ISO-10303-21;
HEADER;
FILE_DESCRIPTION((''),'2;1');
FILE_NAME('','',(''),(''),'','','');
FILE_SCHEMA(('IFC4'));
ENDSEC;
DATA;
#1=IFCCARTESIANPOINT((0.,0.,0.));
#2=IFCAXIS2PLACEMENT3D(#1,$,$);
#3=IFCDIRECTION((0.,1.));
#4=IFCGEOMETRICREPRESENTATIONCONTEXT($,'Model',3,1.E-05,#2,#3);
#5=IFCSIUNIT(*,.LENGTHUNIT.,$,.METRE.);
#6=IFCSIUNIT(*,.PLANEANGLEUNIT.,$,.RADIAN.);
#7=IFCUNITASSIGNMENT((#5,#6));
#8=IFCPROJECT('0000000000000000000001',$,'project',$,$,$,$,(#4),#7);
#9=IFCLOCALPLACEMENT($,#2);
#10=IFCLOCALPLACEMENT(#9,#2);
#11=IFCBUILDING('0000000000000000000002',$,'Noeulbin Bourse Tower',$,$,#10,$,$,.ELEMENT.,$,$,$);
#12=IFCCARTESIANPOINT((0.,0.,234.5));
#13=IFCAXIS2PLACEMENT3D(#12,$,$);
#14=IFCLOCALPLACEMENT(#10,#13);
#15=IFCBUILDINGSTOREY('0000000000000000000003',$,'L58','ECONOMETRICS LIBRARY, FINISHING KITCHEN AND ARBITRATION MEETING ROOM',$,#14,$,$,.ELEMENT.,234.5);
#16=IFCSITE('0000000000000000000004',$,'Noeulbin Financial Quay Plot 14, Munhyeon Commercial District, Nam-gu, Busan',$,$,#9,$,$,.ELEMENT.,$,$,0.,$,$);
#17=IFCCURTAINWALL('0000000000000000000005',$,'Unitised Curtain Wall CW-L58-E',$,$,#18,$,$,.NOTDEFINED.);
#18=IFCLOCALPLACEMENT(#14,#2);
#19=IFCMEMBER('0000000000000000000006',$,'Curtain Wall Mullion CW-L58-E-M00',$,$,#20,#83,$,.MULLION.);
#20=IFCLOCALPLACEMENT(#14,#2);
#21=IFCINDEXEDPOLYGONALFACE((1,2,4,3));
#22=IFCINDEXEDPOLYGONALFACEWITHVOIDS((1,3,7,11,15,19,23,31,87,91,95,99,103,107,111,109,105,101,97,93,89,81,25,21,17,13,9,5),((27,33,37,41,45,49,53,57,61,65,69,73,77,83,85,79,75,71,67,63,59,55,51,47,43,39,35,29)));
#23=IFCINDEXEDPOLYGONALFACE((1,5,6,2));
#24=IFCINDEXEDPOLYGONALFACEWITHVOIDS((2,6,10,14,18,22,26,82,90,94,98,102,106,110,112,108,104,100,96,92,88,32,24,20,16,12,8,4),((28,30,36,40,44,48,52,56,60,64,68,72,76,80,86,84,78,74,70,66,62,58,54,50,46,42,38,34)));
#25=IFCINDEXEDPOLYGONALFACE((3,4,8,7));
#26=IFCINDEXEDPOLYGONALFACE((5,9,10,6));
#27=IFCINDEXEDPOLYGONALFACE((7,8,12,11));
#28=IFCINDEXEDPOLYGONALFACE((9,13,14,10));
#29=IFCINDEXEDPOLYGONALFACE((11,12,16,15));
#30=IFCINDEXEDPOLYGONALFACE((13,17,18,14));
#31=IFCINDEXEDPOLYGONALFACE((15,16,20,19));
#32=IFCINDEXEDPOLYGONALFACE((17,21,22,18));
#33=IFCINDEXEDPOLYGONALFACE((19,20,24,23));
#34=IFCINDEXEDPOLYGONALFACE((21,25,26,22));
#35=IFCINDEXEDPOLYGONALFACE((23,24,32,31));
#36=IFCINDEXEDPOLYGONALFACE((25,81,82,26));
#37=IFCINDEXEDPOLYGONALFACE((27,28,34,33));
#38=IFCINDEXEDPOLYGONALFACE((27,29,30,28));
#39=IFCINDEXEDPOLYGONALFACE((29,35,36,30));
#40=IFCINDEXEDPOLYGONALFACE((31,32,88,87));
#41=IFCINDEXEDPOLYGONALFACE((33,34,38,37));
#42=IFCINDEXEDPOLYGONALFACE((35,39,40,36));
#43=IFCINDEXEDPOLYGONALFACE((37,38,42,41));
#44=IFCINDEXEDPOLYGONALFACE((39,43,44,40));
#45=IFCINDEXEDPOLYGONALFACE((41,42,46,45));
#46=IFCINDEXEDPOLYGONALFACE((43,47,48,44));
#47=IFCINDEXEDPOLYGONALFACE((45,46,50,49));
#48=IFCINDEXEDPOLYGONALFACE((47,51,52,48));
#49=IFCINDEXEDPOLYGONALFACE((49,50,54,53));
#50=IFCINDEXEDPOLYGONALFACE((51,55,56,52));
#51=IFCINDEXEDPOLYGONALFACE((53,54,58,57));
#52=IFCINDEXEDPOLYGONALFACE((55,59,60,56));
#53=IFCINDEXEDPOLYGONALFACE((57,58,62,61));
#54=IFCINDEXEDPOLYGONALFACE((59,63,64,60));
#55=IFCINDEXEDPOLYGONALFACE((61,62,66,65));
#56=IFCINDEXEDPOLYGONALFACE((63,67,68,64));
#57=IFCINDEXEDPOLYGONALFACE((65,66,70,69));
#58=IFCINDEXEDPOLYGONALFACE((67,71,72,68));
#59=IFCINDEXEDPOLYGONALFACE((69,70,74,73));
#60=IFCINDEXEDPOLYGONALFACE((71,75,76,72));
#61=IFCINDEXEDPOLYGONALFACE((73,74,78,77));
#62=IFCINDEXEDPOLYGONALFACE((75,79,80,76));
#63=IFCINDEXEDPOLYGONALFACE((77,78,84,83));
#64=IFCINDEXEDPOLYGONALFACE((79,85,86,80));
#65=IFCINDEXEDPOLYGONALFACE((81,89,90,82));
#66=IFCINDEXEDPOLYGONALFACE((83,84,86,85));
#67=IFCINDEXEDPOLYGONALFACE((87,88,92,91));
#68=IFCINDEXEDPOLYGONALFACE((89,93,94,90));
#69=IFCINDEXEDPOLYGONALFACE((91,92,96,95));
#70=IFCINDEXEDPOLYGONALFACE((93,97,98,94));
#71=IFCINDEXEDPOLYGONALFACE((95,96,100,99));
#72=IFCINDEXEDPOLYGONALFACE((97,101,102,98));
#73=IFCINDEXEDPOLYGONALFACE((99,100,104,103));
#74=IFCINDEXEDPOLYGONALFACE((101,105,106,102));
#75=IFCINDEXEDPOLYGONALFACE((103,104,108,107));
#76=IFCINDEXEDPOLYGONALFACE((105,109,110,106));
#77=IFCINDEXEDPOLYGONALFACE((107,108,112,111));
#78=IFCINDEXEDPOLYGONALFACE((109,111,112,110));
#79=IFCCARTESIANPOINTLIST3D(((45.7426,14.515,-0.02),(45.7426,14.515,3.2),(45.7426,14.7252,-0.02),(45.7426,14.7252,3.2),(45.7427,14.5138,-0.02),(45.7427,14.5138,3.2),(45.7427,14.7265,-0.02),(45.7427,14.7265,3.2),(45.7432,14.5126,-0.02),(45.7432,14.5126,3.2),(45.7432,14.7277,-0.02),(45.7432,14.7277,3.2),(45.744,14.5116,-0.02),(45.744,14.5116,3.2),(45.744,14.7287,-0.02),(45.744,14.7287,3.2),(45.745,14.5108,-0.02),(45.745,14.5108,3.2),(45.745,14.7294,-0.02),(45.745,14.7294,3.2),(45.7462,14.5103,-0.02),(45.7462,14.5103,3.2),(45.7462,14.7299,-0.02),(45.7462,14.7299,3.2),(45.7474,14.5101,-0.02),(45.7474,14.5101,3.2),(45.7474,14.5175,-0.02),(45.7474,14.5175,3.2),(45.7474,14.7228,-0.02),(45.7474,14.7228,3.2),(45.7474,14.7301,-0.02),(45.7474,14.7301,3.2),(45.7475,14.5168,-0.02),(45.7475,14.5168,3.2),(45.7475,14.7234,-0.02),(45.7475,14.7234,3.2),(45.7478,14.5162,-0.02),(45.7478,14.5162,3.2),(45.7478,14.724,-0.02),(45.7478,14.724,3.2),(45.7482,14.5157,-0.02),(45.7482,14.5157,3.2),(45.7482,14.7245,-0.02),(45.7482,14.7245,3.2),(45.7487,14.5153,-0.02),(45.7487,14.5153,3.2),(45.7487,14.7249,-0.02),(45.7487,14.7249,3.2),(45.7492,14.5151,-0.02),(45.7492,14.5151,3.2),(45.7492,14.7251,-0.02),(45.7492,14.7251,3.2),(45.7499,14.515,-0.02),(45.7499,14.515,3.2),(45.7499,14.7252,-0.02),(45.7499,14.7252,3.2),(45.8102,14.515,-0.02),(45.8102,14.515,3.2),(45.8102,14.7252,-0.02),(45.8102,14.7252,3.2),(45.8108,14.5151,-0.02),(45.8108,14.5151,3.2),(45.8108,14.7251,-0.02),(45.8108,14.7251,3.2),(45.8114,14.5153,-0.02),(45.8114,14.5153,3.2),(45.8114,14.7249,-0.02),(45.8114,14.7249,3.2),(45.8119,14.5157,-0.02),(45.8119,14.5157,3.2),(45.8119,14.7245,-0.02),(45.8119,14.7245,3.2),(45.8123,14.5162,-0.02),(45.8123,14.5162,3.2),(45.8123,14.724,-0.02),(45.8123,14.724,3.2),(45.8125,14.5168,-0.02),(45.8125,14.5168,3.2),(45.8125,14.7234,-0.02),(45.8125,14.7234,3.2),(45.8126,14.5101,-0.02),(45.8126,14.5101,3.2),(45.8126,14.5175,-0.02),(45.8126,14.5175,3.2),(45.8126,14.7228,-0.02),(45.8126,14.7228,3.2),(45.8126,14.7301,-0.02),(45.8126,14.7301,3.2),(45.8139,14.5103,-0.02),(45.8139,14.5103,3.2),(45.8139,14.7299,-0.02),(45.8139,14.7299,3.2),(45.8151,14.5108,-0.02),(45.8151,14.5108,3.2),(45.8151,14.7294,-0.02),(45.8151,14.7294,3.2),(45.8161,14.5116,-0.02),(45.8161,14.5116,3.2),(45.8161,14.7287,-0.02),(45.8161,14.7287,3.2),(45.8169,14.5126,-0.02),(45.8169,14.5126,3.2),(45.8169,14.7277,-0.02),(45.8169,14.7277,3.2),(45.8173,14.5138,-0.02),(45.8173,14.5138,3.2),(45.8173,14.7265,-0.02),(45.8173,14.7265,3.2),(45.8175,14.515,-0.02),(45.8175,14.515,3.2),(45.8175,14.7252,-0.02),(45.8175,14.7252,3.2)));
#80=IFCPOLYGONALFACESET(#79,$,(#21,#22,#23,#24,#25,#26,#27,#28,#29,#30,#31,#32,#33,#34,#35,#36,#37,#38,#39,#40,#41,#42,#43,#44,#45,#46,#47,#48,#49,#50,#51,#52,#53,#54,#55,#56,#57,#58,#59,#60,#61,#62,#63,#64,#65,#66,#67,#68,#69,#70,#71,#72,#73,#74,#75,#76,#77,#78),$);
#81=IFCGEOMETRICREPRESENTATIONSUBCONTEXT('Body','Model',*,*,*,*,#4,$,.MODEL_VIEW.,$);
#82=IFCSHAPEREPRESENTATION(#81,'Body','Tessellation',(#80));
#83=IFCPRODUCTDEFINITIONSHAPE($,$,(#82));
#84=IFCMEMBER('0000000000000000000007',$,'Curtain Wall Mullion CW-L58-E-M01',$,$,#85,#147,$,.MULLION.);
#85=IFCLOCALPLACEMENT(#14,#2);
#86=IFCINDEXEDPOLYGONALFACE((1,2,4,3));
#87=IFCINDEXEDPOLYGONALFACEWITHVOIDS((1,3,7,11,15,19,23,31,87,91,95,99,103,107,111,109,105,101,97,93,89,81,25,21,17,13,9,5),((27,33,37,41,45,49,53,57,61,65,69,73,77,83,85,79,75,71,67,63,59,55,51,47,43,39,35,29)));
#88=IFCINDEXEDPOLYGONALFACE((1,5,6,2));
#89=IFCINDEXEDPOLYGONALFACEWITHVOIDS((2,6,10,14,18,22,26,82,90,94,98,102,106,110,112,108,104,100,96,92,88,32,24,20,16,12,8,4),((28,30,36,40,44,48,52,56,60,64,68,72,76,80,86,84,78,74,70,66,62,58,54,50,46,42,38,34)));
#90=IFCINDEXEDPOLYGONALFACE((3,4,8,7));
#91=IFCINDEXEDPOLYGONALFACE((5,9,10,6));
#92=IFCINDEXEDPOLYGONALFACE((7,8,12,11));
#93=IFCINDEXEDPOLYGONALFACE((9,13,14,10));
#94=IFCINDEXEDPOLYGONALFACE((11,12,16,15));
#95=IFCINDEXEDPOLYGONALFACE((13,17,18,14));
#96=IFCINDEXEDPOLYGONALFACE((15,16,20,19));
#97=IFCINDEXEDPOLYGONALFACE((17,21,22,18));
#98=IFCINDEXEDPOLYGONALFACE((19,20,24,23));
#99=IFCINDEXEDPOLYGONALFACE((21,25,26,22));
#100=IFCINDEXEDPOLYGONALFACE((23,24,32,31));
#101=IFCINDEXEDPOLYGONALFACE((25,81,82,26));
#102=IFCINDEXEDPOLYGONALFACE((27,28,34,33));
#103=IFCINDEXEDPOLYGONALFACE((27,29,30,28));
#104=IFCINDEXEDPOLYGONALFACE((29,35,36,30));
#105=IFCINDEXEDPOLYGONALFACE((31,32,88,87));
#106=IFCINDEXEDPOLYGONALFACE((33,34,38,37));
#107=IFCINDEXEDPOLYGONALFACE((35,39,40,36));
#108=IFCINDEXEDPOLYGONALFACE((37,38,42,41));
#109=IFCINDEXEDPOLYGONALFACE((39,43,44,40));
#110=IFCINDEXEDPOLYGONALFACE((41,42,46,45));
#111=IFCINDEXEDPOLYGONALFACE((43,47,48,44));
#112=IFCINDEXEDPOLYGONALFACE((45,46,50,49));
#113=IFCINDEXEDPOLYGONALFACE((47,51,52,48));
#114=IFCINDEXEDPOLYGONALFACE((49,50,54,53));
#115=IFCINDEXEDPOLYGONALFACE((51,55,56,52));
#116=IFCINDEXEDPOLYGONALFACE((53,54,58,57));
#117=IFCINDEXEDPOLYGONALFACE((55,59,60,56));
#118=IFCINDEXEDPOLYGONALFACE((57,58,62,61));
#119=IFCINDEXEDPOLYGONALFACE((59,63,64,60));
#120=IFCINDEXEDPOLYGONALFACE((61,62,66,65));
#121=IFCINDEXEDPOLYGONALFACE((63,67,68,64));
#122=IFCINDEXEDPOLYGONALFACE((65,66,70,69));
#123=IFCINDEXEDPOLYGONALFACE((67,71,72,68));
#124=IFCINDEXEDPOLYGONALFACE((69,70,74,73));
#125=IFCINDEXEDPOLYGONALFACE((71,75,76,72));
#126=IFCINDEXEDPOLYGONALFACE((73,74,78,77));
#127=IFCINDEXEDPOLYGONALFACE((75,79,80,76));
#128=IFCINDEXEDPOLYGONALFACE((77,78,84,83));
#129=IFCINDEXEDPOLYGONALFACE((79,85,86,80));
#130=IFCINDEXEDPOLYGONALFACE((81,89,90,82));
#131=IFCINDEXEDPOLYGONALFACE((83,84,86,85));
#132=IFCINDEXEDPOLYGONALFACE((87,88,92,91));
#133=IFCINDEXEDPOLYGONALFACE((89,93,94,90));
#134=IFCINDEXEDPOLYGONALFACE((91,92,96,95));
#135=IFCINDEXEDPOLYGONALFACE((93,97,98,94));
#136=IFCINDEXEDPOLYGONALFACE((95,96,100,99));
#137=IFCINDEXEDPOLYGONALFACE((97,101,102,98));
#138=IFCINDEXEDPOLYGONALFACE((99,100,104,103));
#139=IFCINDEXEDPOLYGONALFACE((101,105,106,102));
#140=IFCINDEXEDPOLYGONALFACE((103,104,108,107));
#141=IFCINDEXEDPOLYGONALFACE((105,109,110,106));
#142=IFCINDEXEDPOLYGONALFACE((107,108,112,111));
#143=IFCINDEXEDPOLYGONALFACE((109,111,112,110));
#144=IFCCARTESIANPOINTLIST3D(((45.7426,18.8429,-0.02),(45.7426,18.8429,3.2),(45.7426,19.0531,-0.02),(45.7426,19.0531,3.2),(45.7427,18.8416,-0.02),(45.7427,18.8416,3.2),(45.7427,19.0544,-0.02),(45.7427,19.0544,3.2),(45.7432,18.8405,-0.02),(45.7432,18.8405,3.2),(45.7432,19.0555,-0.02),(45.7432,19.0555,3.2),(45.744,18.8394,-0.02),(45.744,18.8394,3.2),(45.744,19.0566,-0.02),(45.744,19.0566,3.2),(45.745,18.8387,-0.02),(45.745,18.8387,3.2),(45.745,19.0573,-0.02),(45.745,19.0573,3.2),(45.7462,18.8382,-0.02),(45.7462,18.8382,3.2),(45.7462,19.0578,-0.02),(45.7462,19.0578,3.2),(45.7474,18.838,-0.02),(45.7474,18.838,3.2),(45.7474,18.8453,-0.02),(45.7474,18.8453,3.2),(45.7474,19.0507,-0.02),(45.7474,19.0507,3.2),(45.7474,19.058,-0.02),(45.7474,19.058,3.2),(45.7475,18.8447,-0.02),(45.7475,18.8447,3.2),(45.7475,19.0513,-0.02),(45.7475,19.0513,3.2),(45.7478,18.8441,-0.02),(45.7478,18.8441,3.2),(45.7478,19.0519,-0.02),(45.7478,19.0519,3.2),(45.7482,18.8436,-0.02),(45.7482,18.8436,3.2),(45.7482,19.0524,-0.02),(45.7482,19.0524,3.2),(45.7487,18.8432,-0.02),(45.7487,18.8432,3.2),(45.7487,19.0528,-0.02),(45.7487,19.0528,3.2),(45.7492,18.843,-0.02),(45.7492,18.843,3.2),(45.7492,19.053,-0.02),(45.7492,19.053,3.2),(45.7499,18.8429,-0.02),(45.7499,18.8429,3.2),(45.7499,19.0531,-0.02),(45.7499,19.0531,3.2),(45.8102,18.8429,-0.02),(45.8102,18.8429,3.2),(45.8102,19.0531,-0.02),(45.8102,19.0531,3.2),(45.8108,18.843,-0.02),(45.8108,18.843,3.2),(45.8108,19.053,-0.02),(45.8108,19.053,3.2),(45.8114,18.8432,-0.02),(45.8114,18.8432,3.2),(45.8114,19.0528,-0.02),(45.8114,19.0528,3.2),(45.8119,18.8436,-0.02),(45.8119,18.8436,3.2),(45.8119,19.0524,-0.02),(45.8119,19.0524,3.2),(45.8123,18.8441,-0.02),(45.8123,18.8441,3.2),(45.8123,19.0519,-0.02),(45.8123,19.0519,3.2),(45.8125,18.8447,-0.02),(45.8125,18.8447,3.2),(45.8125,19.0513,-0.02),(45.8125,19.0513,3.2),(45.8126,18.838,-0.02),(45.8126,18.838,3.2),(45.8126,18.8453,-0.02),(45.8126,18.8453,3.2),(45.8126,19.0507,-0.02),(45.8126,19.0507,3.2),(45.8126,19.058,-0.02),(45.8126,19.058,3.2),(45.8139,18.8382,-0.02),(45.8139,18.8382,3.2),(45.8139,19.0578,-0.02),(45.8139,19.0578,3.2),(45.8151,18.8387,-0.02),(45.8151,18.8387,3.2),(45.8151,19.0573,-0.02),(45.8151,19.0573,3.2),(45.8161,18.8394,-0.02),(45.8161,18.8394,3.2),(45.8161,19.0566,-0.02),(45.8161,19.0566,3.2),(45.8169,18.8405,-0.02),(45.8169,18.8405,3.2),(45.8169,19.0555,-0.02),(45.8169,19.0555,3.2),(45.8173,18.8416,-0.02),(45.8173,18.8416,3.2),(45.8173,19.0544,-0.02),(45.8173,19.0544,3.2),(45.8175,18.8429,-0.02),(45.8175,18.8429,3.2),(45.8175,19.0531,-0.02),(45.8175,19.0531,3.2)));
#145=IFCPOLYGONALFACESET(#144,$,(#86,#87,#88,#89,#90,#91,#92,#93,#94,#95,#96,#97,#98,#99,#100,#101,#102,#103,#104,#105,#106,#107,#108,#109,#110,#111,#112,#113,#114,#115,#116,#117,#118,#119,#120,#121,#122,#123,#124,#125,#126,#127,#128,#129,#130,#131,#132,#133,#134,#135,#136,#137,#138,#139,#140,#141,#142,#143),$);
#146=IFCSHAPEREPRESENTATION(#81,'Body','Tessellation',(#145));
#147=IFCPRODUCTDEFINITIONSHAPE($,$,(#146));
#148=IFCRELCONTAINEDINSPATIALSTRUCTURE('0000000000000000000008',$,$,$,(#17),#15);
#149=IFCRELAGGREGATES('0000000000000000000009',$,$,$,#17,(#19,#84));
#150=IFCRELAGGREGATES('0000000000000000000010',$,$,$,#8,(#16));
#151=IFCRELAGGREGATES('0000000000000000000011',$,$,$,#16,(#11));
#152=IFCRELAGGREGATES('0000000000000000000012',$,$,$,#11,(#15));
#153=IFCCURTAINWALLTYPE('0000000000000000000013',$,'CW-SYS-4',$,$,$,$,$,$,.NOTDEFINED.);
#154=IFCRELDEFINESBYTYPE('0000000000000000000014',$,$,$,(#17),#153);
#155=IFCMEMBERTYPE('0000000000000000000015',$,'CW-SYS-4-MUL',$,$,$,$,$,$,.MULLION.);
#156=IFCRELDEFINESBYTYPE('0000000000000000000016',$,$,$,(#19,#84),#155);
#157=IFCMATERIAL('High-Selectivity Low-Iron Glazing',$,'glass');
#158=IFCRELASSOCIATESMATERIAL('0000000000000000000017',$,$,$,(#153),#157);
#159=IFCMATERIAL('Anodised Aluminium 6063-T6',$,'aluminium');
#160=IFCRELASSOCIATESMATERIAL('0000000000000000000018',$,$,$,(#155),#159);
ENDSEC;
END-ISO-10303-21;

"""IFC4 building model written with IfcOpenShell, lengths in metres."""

from ifc_helpers import new_model, si_unit, direction, frame, origin, origin_2d, place, context, subcontext, project, spatial, hollow_rectangle, extrude, material, material_profile, profile_set, type_object, element, aggregate, save


model = new_model("IFC4")

# Units and contexts
model_context = context("Model", 3, precision=1e-05, world=origin(), true_north=direction((0.0, 1.0)))
body_context = subcontext(model_context, "Body", "Model", "MODEL_VIEW")
ifc_project = project(units=[si_unit("LENGTHUNIT", "METRE"), si_unit("PLANEANGLEUNIT", "RADIAN")], contexts=[model_context])

# Site, building, storey
site_placement = place(None, origin())
site = spatial("IfcSite", under=ifc_project, at=site_placement, Name="Noeulbin Financial Quay Plot 14, Munhyeon Commercial District, Nam-gu, Busan", CompositionType="ELEMENT", RefElevation=0.0)
building_placement = place(site_placement, origin())
building = spatial("IfcBuilding", under=site, at=building_placement, Name="Noeulbin Bourse Tower", CompositionType="ELEMENT")
storey_placement = place(building_placement, frame((0.0, 0.0, 234.5)))
storey = spatial("IfcBuildingStorey", under=building, at=storey_placement, Name="L58", Description="ECONOMETRICS LIBRARY, FINISHING KITCHEN AND ARBITRATION MEETING ROOM", CompositionType="ELEMENT", Elevation=234.5)

# Curtain wall, members
ifc_material_1 = material(Name="High-Selectivity Low-Iron Glazing", Category="glass")
curtain_wall_type = type_object("IfcCurtainWallType", Name="CW-SYS-4", PredefinedType="NOTDEFINED", material=ifc_material_1)
ifc_material_2 = material(Name="Anodised Aluminium 6063-T6", Category="aluminium")
ifc_material_profile_1 = material_profile(ifc_material_2, hollow_rectangle(XDim=0.075, YDim=0.22, WallThickness=0.0049, InnerFilletRadius=0.0024, OuterFilletRadius=0.0049, at=origin_2d()), Name="ALU-MULL-75x220x5", Category="LoadBearing")
ifc_profile_set_1 = profile_set([ifc_material_profile_1], Name="Anodised Aluminium 6063-T6")
member_type_1 = type_object("IfcMemberType", Name="CW-SYS-4-MUL", PredefinedType="MULLION", material=ifc_profile_set_1)
curtain_wall_1_placement = place(storey_placement, origin())
curtain_wall_1 = element("IfcCurtainWall", 1, at=curtain_wall_1_placement, inside=storey, type_object=curtain_wall_type, Name="Unitised Curtain Wall CW-L58-E", PredefinedType="NOTDEFINED")
member_1_placement = place(storey_placement, frame((45.78, 14.6201, -0.02), z_axis=(0.0, 0.0, 1.0), x_axis=(1.0, 0.0, 0.0)))
member_1 = element("IfcMember", 2, at=member_1_placement, type_object=member_type_1, Name="Curtain Wall Mullion CW-L58-E-M00", PredefinedType="MULLION", context=body_context, shape_type="SweptSolid", body=[
    extrude(hollow_rectangle(XDim=0.075, YDim=0.22, WallThickness=0.0049, InnerFilletRadius=0.0024, OuterFilletRadius=0.0049, at=origin_2d()), origin(), (0.0, 0.0, 1.0), 3.22),
])
member_2_placement = place(storey_placement, frame((45.78, 18.948, -0.02), z_axis=(0.0, 0.0, 1.0), x_axis=(1.0, 0.0, 0.0)))
member_2 = element("IfcMember", 3, at=member_2_placement, type_object=member_type_1, Name="Curtain Wall Mullion CW-L58-E-M01", PredefinedType="MULLION", context=body_context, shape_type="SweptSolid", body=[
    extrude(hollow_rectangle(XDim=0.075, YDim=0.22, WallThickness=0.0049, InnerFilletRadius=0.0024, OuterFilletRadius=0.0049, at=origin_2d()), origin(), (0.0, 0.0, 1.0), 3.22),
])

aggregate(curtain_wall_1, [member_1, member_2])

save(model, "model.ifc")
